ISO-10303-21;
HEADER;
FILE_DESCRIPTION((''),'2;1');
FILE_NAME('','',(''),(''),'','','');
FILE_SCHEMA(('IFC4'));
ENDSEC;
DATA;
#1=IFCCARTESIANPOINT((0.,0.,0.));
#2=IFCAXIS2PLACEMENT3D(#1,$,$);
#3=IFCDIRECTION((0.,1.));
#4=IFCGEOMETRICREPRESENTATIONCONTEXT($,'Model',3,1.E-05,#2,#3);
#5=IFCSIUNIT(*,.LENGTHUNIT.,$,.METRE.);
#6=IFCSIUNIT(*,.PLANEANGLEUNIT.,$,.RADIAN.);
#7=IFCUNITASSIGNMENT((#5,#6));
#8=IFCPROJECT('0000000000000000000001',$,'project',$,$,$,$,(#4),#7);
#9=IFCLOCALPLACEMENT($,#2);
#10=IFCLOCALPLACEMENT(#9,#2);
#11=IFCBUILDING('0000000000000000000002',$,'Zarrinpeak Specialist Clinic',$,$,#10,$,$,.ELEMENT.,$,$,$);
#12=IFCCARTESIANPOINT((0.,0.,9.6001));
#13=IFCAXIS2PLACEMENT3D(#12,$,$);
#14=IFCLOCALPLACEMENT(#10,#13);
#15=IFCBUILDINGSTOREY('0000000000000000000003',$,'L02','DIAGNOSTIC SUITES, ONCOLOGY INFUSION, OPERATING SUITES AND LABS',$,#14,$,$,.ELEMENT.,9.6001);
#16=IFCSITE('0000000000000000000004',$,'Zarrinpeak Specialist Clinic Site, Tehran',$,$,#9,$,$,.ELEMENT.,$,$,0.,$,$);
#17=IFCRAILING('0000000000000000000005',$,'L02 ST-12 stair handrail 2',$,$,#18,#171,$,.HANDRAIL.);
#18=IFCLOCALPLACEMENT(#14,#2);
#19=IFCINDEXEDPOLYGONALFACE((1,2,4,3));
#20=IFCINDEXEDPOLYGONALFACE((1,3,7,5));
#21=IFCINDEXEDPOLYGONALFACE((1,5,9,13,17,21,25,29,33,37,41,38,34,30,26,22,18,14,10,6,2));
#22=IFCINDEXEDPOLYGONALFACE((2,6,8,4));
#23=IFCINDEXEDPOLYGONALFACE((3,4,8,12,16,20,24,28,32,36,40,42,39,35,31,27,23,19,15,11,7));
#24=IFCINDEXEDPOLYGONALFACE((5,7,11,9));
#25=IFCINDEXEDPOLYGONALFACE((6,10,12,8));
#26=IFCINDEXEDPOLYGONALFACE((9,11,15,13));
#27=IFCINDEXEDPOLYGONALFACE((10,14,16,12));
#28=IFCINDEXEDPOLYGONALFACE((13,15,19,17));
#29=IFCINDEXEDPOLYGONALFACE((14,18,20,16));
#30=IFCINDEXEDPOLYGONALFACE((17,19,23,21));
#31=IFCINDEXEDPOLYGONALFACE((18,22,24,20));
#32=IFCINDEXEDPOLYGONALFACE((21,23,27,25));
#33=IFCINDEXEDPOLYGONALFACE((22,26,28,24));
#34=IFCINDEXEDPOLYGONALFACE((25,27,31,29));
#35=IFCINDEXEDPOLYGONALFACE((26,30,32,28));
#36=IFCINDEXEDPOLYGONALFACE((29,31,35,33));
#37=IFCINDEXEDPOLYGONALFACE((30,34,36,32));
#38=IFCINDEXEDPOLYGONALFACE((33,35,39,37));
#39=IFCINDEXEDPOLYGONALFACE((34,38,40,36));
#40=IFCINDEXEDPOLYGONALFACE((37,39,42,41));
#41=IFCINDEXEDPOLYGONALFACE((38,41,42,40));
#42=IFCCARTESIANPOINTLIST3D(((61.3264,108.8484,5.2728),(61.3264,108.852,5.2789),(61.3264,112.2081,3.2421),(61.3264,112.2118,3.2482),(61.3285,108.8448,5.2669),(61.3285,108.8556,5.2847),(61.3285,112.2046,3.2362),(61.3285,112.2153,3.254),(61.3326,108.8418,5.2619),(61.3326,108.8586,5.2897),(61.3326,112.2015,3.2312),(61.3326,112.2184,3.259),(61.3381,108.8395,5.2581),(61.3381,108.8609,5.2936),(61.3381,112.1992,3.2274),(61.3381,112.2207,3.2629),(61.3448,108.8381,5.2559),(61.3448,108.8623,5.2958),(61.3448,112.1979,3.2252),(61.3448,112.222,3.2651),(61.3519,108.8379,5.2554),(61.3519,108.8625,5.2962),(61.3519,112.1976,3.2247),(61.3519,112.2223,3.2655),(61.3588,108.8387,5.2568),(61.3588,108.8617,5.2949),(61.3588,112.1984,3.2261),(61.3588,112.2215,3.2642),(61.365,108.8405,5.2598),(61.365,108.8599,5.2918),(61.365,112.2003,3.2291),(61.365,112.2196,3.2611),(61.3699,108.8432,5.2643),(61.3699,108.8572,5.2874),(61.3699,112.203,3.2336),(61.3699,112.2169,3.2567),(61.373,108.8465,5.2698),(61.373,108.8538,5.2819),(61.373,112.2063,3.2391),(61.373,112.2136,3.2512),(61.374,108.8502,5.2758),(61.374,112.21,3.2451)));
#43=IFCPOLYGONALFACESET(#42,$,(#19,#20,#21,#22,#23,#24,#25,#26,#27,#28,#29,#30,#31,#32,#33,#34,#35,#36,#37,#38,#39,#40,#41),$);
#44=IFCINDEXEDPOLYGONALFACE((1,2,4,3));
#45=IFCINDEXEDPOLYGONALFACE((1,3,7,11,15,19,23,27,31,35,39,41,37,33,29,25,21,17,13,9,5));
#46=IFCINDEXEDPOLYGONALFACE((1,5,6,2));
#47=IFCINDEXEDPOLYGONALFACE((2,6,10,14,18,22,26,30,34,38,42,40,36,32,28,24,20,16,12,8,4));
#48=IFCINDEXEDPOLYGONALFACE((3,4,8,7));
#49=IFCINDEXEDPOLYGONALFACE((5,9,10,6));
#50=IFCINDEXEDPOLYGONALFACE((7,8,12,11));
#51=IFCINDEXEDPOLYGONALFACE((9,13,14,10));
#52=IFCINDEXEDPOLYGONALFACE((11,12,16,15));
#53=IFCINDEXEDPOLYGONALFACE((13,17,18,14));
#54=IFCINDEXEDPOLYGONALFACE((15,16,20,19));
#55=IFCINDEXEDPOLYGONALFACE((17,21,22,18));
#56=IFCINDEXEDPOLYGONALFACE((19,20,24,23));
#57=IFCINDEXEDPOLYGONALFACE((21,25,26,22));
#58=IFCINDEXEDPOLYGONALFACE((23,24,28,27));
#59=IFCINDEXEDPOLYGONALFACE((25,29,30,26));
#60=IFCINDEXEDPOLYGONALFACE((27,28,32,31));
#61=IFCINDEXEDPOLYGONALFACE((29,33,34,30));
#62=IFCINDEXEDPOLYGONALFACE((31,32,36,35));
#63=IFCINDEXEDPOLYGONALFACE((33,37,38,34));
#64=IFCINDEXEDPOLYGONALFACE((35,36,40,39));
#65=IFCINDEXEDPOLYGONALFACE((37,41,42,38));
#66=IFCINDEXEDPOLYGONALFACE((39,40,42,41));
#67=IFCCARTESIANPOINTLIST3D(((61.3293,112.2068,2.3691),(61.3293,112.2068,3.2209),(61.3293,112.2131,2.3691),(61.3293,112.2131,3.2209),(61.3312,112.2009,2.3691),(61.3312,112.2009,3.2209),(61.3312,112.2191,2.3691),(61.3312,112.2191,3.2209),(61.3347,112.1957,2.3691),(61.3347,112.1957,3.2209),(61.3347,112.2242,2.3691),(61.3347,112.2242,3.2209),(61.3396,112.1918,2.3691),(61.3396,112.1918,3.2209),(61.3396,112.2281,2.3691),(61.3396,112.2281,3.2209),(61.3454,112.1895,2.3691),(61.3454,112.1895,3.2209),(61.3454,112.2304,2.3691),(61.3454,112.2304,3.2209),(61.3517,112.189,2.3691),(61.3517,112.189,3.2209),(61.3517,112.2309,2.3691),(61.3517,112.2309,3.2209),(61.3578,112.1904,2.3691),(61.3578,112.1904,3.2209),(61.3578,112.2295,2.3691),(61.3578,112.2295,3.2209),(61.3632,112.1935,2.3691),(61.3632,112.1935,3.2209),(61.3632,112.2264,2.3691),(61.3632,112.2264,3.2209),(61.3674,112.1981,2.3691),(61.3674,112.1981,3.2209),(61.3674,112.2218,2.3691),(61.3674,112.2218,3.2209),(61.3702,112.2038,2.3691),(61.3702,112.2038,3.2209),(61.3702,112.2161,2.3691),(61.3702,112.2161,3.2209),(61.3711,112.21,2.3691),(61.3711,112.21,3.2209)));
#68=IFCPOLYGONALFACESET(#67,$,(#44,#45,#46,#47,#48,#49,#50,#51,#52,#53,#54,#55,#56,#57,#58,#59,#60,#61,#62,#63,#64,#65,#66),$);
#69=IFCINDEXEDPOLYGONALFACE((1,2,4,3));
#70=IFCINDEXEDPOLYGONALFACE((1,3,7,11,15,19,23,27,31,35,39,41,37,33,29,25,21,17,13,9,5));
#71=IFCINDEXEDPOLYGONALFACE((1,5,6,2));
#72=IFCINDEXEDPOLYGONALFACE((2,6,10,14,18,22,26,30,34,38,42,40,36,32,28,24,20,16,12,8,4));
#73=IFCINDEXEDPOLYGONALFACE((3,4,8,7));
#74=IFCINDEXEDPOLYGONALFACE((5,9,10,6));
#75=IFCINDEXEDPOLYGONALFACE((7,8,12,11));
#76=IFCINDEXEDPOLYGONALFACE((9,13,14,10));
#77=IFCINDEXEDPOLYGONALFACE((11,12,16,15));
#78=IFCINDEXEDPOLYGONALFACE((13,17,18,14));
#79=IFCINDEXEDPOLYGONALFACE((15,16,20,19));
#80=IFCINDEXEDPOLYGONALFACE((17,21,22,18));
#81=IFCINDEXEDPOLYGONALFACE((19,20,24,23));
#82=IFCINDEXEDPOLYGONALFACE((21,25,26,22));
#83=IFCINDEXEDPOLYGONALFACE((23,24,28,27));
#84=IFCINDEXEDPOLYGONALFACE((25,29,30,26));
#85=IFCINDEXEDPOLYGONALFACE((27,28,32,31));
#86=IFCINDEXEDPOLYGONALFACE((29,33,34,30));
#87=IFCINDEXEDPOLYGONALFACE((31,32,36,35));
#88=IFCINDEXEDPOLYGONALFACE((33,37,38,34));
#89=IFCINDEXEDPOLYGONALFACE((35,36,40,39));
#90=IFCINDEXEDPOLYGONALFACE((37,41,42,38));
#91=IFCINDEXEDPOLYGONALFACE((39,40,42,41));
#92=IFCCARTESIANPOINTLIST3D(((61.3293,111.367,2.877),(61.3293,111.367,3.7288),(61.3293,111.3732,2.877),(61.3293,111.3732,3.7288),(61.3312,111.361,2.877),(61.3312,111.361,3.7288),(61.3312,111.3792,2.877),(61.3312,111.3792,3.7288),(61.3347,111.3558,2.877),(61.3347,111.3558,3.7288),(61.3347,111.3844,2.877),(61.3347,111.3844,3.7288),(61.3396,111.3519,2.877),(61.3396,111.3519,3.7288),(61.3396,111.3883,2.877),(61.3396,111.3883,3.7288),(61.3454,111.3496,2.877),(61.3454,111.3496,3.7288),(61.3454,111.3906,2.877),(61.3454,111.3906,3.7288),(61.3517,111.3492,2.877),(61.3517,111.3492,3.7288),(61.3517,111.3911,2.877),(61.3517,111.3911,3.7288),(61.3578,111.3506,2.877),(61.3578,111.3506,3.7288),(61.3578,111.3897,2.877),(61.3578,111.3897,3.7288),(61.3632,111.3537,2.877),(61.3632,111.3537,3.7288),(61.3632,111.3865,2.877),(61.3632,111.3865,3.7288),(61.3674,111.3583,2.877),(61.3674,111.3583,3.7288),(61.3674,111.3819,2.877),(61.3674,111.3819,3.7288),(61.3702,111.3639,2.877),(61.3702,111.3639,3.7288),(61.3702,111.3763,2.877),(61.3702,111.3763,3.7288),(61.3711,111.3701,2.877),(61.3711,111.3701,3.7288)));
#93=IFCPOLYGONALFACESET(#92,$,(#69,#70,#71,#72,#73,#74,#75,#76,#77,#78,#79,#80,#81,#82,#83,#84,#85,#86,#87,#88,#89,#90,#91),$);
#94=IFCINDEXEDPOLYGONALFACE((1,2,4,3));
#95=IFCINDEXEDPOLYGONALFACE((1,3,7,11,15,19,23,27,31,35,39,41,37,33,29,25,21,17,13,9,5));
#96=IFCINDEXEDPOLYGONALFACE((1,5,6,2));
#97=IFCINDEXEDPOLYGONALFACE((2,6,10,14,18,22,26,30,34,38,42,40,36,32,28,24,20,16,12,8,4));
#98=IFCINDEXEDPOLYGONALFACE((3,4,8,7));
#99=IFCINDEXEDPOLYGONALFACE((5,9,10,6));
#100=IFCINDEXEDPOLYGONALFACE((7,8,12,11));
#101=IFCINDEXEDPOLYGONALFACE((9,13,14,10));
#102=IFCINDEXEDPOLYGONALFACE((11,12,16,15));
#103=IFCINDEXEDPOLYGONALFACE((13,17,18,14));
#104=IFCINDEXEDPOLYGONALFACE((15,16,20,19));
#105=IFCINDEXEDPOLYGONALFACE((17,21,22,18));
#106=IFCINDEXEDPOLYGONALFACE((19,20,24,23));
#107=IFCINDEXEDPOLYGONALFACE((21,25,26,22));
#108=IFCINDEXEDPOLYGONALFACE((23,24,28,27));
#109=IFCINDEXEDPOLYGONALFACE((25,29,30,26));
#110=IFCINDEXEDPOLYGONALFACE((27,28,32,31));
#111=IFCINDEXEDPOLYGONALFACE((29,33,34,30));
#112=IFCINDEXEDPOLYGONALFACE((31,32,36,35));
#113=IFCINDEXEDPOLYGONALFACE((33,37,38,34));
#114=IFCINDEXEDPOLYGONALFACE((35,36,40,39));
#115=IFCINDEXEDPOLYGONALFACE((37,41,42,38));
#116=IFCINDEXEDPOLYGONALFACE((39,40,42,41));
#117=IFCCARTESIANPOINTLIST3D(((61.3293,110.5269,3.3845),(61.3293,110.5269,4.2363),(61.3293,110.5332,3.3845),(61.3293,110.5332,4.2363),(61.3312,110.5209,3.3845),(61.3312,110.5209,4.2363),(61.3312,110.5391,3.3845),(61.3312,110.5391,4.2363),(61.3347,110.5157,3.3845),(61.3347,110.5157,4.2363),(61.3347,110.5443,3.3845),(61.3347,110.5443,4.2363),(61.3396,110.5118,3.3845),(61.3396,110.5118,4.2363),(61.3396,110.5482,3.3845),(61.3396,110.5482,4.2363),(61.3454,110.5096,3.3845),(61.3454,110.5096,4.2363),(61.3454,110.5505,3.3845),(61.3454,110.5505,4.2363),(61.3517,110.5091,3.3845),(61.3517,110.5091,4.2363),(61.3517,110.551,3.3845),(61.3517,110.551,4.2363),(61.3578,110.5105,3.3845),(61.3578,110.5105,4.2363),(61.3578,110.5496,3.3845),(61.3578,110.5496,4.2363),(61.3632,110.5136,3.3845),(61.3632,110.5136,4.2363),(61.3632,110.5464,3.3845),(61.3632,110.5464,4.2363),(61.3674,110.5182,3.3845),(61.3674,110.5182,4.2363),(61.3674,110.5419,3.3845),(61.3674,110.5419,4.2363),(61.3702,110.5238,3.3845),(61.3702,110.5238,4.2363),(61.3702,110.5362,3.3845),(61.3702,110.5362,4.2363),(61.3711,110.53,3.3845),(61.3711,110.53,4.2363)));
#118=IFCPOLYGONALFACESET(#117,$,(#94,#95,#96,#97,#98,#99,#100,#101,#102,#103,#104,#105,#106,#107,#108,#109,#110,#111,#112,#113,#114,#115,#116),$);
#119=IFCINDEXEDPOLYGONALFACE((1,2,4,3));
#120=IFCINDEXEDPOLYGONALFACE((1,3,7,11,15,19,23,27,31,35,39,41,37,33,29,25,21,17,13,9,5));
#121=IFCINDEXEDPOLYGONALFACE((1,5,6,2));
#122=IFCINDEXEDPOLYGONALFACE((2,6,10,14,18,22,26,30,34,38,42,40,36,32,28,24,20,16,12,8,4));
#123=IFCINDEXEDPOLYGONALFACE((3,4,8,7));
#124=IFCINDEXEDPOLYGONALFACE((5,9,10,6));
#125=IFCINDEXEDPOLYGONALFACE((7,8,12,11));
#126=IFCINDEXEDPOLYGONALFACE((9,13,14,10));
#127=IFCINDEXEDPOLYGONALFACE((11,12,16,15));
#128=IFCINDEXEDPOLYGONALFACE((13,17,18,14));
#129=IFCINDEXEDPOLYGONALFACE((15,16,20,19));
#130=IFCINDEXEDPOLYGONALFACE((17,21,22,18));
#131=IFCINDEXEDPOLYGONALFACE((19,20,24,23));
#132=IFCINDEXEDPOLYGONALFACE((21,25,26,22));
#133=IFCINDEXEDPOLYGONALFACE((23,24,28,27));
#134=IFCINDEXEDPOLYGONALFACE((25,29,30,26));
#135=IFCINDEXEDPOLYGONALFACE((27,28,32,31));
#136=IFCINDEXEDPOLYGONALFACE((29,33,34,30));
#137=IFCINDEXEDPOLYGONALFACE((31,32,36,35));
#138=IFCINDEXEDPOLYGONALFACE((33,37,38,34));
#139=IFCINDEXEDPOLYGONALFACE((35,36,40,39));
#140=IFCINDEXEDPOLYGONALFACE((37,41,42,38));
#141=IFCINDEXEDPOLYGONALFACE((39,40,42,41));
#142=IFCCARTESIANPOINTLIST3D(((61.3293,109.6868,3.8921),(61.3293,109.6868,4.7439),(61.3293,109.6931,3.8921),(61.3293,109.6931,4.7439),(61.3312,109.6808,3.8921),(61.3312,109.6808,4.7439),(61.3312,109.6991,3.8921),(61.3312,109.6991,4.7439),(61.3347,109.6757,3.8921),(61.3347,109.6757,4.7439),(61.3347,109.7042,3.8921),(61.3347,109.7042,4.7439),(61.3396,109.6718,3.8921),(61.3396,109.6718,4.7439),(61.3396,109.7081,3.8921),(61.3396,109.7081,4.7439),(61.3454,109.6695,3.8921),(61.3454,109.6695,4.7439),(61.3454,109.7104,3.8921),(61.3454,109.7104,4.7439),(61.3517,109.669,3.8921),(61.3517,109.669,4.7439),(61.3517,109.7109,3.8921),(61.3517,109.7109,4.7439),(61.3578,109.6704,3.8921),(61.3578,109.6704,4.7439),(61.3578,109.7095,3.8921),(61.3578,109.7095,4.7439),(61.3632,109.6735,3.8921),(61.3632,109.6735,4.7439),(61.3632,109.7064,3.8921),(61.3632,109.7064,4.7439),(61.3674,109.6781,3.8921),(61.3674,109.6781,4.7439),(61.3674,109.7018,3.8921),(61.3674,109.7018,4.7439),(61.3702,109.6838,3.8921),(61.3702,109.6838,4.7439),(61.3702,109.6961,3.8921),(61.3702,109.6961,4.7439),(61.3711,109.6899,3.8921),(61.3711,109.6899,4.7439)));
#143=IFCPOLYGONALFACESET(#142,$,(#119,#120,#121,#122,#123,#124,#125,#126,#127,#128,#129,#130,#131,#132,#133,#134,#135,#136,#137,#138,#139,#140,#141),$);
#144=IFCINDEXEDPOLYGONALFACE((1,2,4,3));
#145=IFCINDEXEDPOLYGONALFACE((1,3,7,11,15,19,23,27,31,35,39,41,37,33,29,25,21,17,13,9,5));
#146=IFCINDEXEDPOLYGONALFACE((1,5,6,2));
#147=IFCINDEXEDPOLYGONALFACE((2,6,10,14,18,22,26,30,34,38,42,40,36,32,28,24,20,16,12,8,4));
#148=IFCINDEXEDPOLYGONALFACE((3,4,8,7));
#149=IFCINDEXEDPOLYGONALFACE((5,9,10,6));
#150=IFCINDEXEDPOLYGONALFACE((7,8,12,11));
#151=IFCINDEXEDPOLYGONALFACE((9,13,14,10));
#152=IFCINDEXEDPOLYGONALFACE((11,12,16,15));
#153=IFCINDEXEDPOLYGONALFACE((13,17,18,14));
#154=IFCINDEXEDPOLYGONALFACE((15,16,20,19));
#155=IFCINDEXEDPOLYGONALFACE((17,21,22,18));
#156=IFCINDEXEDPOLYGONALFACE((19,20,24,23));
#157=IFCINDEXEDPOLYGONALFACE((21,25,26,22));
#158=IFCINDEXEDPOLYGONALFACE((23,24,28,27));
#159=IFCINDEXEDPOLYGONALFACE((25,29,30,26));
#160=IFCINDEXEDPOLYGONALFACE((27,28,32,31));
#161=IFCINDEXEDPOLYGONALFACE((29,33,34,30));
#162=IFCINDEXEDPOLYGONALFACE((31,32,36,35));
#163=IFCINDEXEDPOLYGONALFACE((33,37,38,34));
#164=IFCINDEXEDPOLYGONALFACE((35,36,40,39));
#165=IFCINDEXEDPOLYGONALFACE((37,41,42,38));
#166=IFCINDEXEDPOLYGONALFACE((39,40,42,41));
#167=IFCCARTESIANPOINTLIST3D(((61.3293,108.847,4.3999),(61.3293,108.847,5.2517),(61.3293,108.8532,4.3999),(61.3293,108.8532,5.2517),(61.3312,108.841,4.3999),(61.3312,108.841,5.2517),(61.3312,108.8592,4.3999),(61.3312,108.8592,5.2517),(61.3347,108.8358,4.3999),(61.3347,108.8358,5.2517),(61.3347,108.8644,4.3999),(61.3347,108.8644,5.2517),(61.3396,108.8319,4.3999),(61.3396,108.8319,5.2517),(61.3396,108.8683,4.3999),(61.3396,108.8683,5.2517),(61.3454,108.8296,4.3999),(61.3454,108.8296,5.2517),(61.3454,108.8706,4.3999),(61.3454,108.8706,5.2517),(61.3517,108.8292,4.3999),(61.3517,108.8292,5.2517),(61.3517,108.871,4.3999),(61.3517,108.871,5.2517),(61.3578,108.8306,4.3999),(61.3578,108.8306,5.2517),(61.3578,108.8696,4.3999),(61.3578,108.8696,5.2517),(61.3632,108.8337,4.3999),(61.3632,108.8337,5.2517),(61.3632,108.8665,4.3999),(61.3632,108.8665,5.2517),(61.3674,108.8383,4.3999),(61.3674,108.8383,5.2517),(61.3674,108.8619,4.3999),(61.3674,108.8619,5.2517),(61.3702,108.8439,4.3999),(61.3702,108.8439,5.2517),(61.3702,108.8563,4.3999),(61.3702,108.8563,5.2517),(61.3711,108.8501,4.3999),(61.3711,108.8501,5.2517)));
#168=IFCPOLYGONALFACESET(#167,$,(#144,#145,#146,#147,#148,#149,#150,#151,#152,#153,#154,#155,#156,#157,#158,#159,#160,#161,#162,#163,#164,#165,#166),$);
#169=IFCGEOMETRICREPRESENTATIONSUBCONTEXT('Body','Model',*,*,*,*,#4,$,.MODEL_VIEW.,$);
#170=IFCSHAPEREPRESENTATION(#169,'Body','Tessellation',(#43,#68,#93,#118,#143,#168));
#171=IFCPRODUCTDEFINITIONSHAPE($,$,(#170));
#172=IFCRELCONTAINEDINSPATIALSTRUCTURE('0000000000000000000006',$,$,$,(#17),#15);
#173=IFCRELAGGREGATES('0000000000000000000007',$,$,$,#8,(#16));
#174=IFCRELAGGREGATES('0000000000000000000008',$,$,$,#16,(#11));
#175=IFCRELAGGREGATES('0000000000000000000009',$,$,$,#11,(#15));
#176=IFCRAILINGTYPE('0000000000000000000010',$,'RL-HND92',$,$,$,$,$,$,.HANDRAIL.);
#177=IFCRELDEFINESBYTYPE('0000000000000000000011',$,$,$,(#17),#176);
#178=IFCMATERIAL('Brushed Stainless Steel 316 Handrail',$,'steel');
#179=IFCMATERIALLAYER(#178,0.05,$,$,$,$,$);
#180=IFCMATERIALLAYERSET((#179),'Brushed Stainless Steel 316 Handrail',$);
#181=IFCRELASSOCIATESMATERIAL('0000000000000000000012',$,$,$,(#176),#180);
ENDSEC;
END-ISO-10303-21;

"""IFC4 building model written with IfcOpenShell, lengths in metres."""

from ifc_helpers import new_model, si_unit, direction, frame, origin, origin_2d, place, context, subcontext, project, spatial, circle, extrude, material, layer, layer_set, type_object, element, save


model = new_model("IFC4")

# Units and contexts
model_context = context("Model", 3, precision=1e-05, world=origin(), true_north=direction((0.0, 1.0)))
body_context = subcontext(model_context, "Body", "Model", "MODEL_VIEW")
ifc_project = project(units=[si_unit("LENGTHUNIT", "METRE"), si_unit("PLANEANGLEUNIT", "RADIAN")], contexts=[model_context])

# Site, building, storey
site_placement = place(None, origin())
site = spatial("IfcSite", under=ifc_project, at=site_placement, Name="Zarrinpeak Specialist Clinic Site, Tehran", CompositionType="ELEMENT", RefElevation=0.0)
building_placement = place(site_placement, origin())
building = spatial("IfcBuilding", under=site, at=building_placement, Name="Zarrinpeak Specialist Clinic", CompositionType="ELEMENT")
storey_placement = place(building_placement, frame((0.0, 0.0, 9.6001)))
storey = spatial("IfcBuildingStorey", under=building, at=storey_placement, Name="L02", Description="DIAGNOSTIC SUITES, ONCOLOGY INFUSION, OPERATING SUITES AND LABS", CompositionType="ELEMENT", Elevation=9.6001)

# Railing
ifc_material_1 = material(Name="Brushed Stainless Steel 316 Handrail", Category="steel")
ifc_layer_1 = layer(ifc_material_1, 0.05)
ifc_layer_set_1 = layer_set([ifc_layer_1], Name="Brushed Stainless Steel 316 Handrail")
railing_type_1 = type_object("IfcRailingType", Name="RL-HND92", PredefinedType="HANDRAIL", material=ifc_layer_set_1)
railing_1_placement = place(storey_placement, frame((61.3501, 112.21, 2.3691)))
element("IfcRailing", 1, at=railing_1_placement, inside=storey, type_object=railing_type_1, Name="L02 ST-12 stair handrail 2", PredefinedType="HANDRAIL", context=body_context, shape_type="SweptSolid", body=[
    extrude(circle(Radius=0.0239, at=origin_2d()), frame((0.0, 0.0, 0.876), z_axis=(0.0, -0.85582, 0.517273), x_axis=(1.0, 0.0, 0.0)), (0.0, 0.0, 1.0), 3.9258),
    extrude(circle(Radius=0.021, at=origin_2d()), origin(), (0.0, 0.0, 1.0), 0.8518),
    extrude(circle(Radius=0.021, at=origin_2d()), frame((0.0, -0.8398, 0.5078)), (0.0, 0.0, 1.0), 0.8518),
    extrude(circle(Radius=0.021, at=origin_2d()), frame((0.0, -1.6799, 1.0154)), (0.0, 0.0, 1.0), 0.8518),
    extrude(circle(Radius=0.021, at=origin_2d()), frame((0.0, -2.52, 1.5229)), (0.0, 0.0, 1.0), 0.8518),
    extrude(circle(Radius=0.021, at=origin_2d()), frame((0.0, -3.3599, 2.0308)), (0.0, 0.0, 1.0), 0.8518),
])

save(model, "model.ifc")
